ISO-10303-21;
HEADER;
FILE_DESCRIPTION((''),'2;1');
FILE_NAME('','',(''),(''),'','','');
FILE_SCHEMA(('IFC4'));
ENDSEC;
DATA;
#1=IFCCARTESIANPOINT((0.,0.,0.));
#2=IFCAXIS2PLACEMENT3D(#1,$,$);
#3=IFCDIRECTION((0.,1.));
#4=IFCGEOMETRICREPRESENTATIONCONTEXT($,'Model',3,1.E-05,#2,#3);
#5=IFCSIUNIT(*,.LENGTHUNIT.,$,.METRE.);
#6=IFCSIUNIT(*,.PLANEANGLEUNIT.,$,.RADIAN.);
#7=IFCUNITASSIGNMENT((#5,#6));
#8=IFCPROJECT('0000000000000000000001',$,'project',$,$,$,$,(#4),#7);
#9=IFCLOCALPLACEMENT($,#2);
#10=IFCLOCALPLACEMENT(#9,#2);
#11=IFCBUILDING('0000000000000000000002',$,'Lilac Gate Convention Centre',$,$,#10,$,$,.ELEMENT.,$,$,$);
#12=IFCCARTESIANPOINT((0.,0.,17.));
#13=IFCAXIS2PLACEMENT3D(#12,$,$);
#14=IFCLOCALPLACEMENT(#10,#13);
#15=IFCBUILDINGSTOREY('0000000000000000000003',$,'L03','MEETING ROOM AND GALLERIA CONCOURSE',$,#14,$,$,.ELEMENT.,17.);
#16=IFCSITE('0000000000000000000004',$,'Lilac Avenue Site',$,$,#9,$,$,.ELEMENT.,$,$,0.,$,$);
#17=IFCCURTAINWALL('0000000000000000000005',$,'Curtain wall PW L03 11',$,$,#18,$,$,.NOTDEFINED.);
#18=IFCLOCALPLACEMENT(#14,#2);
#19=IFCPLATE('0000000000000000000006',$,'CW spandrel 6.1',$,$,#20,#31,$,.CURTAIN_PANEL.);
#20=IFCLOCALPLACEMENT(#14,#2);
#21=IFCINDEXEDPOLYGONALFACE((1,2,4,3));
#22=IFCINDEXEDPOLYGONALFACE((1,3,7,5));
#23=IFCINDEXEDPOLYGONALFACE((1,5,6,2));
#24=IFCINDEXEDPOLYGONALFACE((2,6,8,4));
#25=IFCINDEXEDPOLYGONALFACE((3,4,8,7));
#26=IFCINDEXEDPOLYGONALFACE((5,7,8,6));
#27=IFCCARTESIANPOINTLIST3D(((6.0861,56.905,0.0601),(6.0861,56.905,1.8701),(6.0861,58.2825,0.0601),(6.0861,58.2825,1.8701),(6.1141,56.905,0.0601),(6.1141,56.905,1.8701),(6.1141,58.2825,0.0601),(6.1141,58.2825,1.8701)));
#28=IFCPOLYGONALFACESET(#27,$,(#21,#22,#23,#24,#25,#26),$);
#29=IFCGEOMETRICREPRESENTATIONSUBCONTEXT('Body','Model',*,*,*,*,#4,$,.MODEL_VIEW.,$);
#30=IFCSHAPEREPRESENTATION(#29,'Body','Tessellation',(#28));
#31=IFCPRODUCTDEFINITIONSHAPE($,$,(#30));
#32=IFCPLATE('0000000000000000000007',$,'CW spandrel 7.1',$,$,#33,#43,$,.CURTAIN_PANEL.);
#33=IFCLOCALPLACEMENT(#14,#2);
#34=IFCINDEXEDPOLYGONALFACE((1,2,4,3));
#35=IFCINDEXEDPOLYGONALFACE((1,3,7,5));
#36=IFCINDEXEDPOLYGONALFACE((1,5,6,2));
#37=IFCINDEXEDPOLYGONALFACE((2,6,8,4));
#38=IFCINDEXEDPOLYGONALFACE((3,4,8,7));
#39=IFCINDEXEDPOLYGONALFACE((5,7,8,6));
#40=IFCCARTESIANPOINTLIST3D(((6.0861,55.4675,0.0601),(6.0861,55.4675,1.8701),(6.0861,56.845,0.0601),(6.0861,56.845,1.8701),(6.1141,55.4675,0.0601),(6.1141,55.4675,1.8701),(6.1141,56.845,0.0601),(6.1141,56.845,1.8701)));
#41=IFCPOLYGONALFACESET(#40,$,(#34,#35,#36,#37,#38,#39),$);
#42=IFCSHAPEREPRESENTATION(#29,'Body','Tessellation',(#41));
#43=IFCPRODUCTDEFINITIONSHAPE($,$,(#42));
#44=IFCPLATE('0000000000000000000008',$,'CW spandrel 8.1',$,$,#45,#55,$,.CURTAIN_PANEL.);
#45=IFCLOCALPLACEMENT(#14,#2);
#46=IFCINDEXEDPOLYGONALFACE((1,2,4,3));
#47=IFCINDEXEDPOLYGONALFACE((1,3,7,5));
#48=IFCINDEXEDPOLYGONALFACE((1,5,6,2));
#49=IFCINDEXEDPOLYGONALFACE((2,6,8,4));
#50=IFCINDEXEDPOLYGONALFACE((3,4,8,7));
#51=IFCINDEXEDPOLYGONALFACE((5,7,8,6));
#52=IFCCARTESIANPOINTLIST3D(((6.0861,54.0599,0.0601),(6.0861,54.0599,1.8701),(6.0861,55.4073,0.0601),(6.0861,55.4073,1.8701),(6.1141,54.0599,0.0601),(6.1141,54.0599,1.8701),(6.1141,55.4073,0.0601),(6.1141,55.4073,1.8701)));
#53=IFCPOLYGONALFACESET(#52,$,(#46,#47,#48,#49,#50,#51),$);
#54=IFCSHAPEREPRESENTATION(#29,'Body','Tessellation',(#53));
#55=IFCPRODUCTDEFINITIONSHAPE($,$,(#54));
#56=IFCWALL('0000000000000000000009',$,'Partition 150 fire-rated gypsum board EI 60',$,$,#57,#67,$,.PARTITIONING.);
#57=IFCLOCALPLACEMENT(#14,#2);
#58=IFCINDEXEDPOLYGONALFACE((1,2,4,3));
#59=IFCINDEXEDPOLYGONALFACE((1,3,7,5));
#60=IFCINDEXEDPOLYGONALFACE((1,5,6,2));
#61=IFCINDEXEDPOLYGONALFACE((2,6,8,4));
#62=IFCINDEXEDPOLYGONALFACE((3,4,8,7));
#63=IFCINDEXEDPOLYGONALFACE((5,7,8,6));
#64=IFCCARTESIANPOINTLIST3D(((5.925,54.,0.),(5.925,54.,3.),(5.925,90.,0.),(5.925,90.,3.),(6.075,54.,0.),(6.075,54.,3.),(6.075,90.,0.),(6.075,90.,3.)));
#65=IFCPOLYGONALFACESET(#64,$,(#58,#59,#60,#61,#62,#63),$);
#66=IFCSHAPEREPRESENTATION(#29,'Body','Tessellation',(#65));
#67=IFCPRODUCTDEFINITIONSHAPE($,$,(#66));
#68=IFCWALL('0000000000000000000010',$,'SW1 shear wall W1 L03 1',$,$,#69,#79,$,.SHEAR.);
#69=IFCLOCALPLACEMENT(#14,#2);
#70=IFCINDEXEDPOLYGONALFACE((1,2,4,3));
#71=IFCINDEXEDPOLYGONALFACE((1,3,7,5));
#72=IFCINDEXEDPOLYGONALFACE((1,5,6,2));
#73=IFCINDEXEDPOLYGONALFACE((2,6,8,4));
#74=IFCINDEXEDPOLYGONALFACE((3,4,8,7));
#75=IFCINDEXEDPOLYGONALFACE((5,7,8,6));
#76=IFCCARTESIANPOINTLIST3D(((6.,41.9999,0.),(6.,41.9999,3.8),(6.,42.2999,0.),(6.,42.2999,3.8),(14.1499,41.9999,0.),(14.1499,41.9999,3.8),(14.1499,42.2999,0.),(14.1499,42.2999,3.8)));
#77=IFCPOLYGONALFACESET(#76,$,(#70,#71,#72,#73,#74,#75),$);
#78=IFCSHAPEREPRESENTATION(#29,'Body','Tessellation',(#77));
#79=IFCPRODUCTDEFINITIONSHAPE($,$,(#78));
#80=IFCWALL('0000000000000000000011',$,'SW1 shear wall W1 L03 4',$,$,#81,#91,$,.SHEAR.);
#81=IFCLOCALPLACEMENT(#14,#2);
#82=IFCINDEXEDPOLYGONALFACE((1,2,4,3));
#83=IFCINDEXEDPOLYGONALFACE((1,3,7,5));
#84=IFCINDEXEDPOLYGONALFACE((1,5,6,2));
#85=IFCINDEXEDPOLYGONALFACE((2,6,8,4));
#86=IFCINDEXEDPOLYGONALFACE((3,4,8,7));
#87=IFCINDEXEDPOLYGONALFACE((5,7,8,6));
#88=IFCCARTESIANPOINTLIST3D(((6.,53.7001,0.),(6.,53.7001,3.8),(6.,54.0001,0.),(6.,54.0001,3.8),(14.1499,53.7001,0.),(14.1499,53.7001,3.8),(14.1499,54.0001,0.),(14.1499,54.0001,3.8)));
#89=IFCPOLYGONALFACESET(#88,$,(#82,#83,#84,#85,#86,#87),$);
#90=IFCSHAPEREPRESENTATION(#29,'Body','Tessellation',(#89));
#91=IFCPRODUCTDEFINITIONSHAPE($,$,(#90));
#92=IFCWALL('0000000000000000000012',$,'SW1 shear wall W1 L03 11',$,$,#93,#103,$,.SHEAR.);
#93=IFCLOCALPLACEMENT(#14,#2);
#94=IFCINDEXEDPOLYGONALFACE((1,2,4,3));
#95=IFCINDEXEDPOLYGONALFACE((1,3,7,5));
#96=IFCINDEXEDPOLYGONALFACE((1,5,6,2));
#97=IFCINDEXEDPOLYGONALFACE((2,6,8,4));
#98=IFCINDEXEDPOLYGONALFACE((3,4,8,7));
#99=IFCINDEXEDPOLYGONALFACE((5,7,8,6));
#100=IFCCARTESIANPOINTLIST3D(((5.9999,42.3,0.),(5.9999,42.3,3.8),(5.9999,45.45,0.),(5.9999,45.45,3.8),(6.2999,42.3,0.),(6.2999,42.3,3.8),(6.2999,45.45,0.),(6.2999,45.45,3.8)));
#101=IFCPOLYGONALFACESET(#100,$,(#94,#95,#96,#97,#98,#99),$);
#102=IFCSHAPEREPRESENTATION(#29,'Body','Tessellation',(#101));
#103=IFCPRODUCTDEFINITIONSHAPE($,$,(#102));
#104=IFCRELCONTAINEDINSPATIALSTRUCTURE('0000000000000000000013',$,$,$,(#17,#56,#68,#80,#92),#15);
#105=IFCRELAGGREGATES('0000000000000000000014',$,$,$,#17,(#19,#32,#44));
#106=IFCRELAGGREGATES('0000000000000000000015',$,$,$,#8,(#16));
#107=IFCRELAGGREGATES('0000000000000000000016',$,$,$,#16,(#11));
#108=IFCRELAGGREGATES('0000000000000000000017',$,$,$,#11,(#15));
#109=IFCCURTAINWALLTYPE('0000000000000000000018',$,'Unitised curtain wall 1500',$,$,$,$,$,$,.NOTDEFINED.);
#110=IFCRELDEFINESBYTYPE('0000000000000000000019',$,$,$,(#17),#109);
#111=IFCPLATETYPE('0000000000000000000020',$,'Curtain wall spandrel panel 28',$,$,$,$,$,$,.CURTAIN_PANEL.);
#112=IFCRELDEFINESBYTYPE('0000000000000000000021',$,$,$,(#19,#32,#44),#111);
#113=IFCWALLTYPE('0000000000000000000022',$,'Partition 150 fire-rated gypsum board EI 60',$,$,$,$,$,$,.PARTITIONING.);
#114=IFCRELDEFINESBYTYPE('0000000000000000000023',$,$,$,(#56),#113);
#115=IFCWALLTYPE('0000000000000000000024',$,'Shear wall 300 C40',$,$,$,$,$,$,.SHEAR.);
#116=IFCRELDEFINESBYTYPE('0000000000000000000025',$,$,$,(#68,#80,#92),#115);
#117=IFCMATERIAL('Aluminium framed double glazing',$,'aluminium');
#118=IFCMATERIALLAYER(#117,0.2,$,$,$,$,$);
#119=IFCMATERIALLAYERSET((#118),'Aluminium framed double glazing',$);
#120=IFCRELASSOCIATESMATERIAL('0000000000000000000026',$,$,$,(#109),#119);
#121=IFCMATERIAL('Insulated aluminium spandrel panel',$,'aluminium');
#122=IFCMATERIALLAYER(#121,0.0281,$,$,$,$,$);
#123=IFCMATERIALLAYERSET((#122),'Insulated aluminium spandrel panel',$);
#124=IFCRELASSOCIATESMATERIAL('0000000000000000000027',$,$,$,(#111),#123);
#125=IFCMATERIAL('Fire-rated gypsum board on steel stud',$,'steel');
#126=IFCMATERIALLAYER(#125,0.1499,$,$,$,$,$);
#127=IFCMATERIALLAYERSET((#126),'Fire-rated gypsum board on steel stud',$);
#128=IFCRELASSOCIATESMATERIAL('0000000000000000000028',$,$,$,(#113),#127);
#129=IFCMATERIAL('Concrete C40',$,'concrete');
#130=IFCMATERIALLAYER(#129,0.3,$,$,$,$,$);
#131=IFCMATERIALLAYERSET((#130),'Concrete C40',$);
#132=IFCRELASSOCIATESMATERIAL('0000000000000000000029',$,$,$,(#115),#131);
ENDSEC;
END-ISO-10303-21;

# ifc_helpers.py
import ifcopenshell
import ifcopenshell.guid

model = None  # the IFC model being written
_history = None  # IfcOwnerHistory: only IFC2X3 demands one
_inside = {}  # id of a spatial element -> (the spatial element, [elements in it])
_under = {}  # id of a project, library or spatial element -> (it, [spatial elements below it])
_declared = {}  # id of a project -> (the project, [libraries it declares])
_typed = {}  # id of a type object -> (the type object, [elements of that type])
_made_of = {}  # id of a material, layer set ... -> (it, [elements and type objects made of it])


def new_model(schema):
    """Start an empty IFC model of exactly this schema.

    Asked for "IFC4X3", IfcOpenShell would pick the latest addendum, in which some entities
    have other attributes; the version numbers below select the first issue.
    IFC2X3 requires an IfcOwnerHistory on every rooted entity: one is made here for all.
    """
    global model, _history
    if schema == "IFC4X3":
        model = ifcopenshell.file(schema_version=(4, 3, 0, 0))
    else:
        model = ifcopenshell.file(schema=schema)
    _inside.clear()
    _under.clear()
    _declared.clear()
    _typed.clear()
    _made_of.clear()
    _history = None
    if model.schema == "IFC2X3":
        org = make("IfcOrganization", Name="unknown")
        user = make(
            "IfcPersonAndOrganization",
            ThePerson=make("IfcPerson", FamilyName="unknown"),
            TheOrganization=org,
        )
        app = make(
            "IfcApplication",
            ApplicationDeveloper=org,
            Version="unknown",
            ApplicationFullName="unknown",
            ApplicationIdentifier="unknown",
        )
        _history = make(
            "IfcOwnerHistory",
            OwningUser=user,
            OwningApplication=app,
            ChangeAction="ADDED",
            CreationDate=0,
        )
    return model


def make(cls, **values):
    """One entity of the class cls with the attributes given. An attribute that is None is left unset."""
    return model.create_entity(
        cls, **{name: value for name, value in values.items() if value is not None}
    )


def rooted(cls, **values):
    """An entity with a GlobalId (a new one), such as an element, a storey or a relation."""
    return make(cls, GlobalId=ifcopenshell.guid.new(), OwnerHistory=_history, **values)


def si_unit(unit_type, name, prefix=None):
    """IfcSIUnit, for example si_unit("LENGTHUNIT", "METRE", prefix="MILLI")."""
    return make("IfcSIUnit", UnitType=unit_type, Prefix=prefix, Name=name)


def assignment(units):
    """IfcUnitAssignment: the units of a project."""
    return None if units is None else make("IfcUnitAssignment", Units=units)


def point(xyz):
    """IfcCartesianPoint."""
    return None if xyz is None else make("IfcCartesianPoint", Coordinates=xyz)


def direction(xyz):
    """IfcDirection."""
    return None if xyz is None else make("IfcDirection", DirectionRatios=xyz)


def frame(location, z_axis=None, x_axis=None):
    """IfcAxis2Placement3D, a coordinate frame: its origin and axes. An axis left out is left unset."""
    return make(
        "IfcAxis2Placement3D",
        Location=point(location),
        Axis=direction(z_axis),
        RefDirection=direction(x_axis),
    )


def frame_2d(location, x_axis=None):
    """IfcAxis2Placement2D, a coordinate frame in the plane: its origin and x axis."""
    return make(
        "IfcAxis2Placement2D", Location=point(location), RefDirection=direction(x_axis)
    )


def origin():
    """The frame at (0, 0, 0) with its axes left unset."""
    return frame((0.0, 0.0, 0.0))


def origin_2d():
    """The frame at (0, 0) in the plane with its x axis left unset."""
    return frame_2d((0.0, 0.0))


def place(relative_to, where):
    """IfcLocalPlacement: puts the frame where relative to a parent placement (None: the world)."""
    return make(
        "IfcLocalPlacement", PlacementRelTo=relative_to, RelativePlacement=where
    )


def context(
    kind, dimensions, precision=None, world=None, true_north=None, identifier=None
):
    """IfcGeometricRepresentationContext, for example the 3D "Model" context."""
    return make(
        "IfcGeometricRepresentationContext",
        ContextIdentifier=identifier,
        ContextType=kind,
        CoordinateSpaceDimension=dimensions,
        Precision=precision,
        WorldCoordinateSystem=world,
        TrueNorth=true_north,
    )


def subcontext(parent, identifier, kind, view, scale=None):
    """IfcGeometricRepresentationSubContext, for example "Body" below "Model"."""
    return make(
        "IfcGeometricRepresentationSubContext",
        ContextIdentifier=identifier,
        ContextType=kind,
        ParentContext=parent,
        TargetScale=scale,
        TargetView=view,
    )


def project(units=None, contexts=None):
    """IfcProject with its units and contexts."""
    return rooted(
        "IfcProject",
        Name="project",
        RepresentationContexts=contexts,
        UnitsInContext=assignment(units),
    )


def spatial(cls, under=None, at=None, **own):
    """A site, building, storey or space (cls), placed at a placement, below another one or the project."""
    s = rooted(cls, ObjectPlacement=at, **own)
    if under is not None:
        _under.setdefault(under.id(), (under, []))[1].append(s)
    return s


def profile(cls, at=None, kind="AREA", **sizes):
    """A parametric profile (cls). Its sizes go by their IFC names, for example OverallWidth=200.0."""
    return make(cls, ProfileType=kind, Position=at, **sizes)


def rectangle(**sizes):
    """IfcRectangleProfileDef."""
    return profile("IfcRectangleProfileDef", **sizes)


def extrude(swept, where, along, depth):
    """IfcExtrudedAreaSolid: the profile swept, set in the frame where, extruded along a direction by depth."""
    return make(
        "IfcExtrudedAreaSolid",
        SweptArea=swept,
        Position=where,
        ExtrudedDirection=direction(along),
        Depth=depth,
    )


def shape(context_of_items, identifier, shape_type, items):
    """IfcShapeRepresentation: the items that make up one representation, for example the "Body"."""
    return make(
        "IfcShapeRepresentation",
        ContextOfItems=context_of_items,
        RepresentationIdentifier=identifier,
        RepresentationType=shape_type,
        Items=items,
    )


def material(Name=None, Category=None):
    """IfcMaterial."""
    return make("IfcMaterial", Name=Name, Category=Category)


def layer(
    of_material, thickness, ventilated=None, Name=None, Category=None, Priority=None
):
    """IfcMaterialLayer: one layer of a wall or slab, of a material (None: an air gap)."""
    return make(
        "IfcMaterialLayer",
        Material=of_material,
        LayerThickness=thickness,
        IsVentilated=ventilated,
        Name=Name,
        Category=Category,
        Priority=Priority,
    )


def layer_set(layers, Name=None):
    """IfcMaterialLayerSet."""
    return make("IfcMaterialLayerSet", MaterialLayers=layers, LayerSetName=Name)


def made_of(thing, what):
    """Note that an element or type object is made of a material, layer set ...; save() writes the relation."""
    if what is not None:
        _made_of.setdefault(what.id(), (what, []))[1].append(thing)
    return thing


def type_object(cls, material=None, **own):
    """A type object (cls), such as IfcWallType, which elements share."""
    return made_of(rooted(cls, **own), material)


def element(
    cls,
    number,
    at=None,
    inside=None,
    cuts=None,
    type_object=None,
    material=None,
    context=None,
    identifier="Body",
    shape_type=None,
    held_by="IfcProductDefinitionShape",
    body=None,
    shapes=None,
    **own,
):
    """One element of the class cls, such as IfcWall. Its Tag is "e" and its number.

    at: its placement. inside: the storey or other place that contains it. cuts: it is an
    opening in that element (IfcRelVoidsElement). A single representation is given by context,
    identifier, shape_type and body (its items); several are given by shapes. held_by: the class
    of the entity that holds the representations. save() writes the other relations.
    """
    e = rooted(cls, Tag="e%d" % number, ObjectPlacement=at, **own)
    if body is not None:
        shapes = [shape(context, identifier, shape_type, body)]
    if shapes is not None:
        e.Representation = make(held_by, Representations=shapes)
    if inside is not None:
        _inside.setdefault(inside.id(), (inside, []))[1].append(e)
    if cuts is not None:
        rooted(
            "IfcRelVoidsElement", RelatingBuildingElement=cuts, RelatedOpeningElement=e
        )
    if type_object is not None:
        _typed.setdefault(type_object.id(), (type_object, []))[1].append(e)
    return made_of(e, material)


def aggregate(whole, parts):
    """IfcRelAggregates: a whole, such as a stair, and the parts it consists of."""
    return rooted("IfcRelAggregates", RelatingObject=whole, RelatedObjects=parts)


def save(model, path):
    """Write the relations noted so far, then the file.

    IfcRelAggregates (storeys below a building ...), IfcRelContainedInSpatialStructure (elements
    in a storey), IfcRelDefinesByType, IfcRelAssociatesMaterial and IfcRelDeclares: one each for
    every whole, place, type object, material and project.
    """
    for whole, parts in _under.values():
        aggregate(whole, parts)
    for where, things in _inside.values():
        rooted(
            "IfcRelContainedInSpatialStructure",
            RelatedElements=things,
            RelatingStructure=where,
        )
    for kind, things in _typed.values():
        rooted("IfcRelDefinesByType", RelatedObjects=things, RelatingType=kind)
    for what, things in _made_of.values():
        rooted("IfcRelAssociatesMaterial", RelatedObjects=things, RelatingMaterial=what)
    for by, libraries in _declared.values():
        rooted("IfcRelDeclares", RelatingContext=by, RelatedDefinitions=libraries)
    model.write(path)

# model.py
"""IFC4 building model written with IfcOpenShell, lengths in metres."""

from ifc_helpers import new_model, si_unit, direction, frame, frame_2d, origin, origin_2d, place, context, subcontext, project, spatial, rectangle, extrude, material, layer, layer_set, type_object, element, aggregate, save


model = new_model("IFC4")

# Units and contexts
model_context = context("Model", 3, precision=1e-05, world=origin(), true_north=direction((0.0, 1.0)))
body_context = subcontext(model_context, "Body", "Model", "MODEL_VIEW")
ifc_project = project(units=[si_unit("LENGTHUNIT", "METRE"), si_unit("PLANEANGLEUNIT", "RADIAN")], contexts=[model_context])

# Site, building, storey
site_placement = place(None, origin())
site = spatial("IfcSite", under=ifc_project, at=site_placement, Name="Lilac Avenue Site", CompositionType="ELEMENT", RefElevation=0.0)
building_placement = place(site_placement, origin())
building = spatial("IfcBuilding", under=site, at=building_placement, Name="Lilac Gate Convention Centre", CompositionType="ELEMENT")
storey_placement = place(building_placement, frame((0.0, 0.0, 17.0)))
storey = spatial("IfcBuildingStorey", under=building, at=storey_placement, Name="L03", Description="MEETING ROOM AND GALLERIA CONCOURSE", CompositionType="ELEMENT", Elevation=17.0)

# Curtain wall
ifc_material_1 = material(Name="Aluminium framed double glazing", Category="aluminium")
ifc_layer_1 = layer(ifc_material_1, 0.2)
ifc_layer_set_1 = layer_set([ifc_layer_1], Name="Aluminium framed double glazing")
curtain_wall_type = type_object("IfcCurtainWallType", Name="Unitised curtain wall 1500", PredefinedType="NOTDEFINED", material=ifc_layer_set_1)
curtain_wall_placement = place(storey_placement, origin())
curtain_wall = element("IfcCurtainWall", 1, at=curtain_wall_placement, inside=storey, type_object=curtain_wall_type, Name="Curtain wall PW L03 11", PredefinedType="NOTDEFINED")

# Shared definitions
ifc_material_2 = material(Name="Concrete C40", Category="concrete")

# Plates
ifc_material_3 = material(Name="Insulated aluminium spandrel panel", Category="aluminium")
ifc_layer_2 = layer(ifc_material_3, 0.0281)
ifc_layer_set_2 = layer_set([ifc_layer_2], Name="Insulated aluminium spandrel panel")
plate_type_1 = type_object("IfcPlateType", Name="Curtain wall spandrel panel 28", PredefinedType="CURTAIN_PANEL", material=ifc_layer_set_2)
plate_1_placement = place(storey_placement, frame((6.1001, 57.5938, 0.0601), z_axis=(0.0, 0.0, 1.0), x_axis=(0.0, -1.0, 0.0)))
plate_1 = element("IfcPlate", 2, at=plate_1_placement, type_object=plate_type_1, Name="CW spandrel 6.1", PredefinedType="CURTAIN_PANEL", context=body_context, shape_type="SweptSolid", body=[
    extrude(rectangle(XDim=1.3774, YDim=0.0281, at=origin_2d()), origin(), (0.0, 0.0, 1.0), 1.8101),
])
plate_2_placement = place(storey_placement, frame((6.1001, 56.1562, 0.0601), z_axis=(0.0, 0.0, 1.0), x_axis=(0.0, -1.0, 0.0)))
plate_2 = element("IfcPlate", 3, at=plate_2_placement, type_object=plate_type_1, Name="CW spandrel 7.1", PredefinedType="CURTAIN_PANEL", context=body_context, shape_type="SweptSolid", body=[
    extrude(rectangle(XDim=1.3774, YDim=0.0281, at=origin_2d()), origin(), (0.0, 0.0, 1.0), 1.8101),
])
plate_3_placement = place(storey_placement, frame((6.1001, 54.7336, 0.0601), z_axis=(0.0, 0.0, 1.0), x_axis=(0.0, -1.0, 0.0)))
plate_3 = element("IfcPlate", 4, at=plate_3_placement, type_object=plate_type_1, Name="CW spandrel 8.1", PredefinedType="CURTAIN_PANEL", context=body_context, shape_type="SweptSolid", body=[
    extrude(rectangle(XDim=1.3474, YDim=0.0281, at=origin_2d()), origin(), (0.0, 0.0, 1.0), 1.8101),
])
aggregate(curtain_wall, [plate_1, plate_2, plate_3])

# Walls
ifc_material_4 = material(Name="Fire-rated gypsum board on steel stud", Category="steel")
ifc_layer_3 = layer(ifc_material_4, 0.1499)
ifc_layer_set_3 = layer_set([ifc_layer_3], Name="Fire-rated gypsum board on steel stud")
wall_type_1 = type_object("IfcWallType", Name="Partition 150 fire-rated gypsum board EI 60", PredefinedType="PARTITIONING", material=ifc_layer_set_3)
wall_1_placement = place(storey_placement, frame((6.0, 54.0, 0.0), z_axis=(0.0, 0.0, 1.0), x_axis=(0.0, 1.0, 0.0)))
element("IfcWall", 5, at=wall_1_placement, inside=storey, type_object=wall_type_1, Name="Partition 150 fire-rated gypsum board EI 60", PredefinedType="PARTITIONING", context=body_context, shape_type="SweptSolid", body=[
    extrude(rectangle(XDim=36.0, YDim=0.1499, at=frame_2d((18.0, 0.0))), origin(), (0.0, 0.0, 1.0), 3.0),
])
ifc_layer_4 = layer(ifc_material_2, 0.3)
ifc_layer_set_4 = layer_set([ifc_layer_4], Name="Concrete C40")
wall_type_2 = type_object("IfcWallType", Name="Shear wall 300 C40", PredefinedType="SHEAR", material=ifc_layer_set_4)
for number, where, z_axis, x_axis, name in (
    (6, (6.0, 42.1499, 0.0), (0.0, 0.0, 1.0), (1.0, 0.0, 0.0), "SW1 shear wall W1 L03 1"),
    (7, (6.0, 53.8501, 0.0), (0.0, 0.0, 1.0), (1.0, 0.0, 0.0), "SW1 shear wall W1 L03 4"),
):
    element("IfcWall", number, at=place(storey_placement, frame(where, z_axis=z_axis, x_axis=x_axis)), inside=storey, type_object=wall_type_2, Name=name, PredefinedType="SHEAR", context=body_context, shape_type="SweptSolid", body=[
        extrude(rectangle(XDim=8.1499, YDim=0.3, at=frame_2d((4.075, 0.0))), origin(), (0.0, 0.0, 1.0), 3.8),
    ])
wall_2_placement = place(storey_placement, frame((6.1499, 42.3, 0.0), z_axis=(0.0, 0.0, 1.0), x_axis=(0.0, 1.0, 0.0)))
element("IfcWall", 8, at=wall_2_placement, inside=storey, type_object=wall_type_2, Name="SW1 shear wall W1 L03 11", PredefinedType="SHEAR", context=body_context, shape_type="SweptSolid", body=[
    extrude(rectangle(XDim=3.1499, YDim=0.3, at=frame_2d((1.575, 0.0))), origin(), (0.0, 0.0, 1.0), 3.8),
])

save(model, "model.ifc")
